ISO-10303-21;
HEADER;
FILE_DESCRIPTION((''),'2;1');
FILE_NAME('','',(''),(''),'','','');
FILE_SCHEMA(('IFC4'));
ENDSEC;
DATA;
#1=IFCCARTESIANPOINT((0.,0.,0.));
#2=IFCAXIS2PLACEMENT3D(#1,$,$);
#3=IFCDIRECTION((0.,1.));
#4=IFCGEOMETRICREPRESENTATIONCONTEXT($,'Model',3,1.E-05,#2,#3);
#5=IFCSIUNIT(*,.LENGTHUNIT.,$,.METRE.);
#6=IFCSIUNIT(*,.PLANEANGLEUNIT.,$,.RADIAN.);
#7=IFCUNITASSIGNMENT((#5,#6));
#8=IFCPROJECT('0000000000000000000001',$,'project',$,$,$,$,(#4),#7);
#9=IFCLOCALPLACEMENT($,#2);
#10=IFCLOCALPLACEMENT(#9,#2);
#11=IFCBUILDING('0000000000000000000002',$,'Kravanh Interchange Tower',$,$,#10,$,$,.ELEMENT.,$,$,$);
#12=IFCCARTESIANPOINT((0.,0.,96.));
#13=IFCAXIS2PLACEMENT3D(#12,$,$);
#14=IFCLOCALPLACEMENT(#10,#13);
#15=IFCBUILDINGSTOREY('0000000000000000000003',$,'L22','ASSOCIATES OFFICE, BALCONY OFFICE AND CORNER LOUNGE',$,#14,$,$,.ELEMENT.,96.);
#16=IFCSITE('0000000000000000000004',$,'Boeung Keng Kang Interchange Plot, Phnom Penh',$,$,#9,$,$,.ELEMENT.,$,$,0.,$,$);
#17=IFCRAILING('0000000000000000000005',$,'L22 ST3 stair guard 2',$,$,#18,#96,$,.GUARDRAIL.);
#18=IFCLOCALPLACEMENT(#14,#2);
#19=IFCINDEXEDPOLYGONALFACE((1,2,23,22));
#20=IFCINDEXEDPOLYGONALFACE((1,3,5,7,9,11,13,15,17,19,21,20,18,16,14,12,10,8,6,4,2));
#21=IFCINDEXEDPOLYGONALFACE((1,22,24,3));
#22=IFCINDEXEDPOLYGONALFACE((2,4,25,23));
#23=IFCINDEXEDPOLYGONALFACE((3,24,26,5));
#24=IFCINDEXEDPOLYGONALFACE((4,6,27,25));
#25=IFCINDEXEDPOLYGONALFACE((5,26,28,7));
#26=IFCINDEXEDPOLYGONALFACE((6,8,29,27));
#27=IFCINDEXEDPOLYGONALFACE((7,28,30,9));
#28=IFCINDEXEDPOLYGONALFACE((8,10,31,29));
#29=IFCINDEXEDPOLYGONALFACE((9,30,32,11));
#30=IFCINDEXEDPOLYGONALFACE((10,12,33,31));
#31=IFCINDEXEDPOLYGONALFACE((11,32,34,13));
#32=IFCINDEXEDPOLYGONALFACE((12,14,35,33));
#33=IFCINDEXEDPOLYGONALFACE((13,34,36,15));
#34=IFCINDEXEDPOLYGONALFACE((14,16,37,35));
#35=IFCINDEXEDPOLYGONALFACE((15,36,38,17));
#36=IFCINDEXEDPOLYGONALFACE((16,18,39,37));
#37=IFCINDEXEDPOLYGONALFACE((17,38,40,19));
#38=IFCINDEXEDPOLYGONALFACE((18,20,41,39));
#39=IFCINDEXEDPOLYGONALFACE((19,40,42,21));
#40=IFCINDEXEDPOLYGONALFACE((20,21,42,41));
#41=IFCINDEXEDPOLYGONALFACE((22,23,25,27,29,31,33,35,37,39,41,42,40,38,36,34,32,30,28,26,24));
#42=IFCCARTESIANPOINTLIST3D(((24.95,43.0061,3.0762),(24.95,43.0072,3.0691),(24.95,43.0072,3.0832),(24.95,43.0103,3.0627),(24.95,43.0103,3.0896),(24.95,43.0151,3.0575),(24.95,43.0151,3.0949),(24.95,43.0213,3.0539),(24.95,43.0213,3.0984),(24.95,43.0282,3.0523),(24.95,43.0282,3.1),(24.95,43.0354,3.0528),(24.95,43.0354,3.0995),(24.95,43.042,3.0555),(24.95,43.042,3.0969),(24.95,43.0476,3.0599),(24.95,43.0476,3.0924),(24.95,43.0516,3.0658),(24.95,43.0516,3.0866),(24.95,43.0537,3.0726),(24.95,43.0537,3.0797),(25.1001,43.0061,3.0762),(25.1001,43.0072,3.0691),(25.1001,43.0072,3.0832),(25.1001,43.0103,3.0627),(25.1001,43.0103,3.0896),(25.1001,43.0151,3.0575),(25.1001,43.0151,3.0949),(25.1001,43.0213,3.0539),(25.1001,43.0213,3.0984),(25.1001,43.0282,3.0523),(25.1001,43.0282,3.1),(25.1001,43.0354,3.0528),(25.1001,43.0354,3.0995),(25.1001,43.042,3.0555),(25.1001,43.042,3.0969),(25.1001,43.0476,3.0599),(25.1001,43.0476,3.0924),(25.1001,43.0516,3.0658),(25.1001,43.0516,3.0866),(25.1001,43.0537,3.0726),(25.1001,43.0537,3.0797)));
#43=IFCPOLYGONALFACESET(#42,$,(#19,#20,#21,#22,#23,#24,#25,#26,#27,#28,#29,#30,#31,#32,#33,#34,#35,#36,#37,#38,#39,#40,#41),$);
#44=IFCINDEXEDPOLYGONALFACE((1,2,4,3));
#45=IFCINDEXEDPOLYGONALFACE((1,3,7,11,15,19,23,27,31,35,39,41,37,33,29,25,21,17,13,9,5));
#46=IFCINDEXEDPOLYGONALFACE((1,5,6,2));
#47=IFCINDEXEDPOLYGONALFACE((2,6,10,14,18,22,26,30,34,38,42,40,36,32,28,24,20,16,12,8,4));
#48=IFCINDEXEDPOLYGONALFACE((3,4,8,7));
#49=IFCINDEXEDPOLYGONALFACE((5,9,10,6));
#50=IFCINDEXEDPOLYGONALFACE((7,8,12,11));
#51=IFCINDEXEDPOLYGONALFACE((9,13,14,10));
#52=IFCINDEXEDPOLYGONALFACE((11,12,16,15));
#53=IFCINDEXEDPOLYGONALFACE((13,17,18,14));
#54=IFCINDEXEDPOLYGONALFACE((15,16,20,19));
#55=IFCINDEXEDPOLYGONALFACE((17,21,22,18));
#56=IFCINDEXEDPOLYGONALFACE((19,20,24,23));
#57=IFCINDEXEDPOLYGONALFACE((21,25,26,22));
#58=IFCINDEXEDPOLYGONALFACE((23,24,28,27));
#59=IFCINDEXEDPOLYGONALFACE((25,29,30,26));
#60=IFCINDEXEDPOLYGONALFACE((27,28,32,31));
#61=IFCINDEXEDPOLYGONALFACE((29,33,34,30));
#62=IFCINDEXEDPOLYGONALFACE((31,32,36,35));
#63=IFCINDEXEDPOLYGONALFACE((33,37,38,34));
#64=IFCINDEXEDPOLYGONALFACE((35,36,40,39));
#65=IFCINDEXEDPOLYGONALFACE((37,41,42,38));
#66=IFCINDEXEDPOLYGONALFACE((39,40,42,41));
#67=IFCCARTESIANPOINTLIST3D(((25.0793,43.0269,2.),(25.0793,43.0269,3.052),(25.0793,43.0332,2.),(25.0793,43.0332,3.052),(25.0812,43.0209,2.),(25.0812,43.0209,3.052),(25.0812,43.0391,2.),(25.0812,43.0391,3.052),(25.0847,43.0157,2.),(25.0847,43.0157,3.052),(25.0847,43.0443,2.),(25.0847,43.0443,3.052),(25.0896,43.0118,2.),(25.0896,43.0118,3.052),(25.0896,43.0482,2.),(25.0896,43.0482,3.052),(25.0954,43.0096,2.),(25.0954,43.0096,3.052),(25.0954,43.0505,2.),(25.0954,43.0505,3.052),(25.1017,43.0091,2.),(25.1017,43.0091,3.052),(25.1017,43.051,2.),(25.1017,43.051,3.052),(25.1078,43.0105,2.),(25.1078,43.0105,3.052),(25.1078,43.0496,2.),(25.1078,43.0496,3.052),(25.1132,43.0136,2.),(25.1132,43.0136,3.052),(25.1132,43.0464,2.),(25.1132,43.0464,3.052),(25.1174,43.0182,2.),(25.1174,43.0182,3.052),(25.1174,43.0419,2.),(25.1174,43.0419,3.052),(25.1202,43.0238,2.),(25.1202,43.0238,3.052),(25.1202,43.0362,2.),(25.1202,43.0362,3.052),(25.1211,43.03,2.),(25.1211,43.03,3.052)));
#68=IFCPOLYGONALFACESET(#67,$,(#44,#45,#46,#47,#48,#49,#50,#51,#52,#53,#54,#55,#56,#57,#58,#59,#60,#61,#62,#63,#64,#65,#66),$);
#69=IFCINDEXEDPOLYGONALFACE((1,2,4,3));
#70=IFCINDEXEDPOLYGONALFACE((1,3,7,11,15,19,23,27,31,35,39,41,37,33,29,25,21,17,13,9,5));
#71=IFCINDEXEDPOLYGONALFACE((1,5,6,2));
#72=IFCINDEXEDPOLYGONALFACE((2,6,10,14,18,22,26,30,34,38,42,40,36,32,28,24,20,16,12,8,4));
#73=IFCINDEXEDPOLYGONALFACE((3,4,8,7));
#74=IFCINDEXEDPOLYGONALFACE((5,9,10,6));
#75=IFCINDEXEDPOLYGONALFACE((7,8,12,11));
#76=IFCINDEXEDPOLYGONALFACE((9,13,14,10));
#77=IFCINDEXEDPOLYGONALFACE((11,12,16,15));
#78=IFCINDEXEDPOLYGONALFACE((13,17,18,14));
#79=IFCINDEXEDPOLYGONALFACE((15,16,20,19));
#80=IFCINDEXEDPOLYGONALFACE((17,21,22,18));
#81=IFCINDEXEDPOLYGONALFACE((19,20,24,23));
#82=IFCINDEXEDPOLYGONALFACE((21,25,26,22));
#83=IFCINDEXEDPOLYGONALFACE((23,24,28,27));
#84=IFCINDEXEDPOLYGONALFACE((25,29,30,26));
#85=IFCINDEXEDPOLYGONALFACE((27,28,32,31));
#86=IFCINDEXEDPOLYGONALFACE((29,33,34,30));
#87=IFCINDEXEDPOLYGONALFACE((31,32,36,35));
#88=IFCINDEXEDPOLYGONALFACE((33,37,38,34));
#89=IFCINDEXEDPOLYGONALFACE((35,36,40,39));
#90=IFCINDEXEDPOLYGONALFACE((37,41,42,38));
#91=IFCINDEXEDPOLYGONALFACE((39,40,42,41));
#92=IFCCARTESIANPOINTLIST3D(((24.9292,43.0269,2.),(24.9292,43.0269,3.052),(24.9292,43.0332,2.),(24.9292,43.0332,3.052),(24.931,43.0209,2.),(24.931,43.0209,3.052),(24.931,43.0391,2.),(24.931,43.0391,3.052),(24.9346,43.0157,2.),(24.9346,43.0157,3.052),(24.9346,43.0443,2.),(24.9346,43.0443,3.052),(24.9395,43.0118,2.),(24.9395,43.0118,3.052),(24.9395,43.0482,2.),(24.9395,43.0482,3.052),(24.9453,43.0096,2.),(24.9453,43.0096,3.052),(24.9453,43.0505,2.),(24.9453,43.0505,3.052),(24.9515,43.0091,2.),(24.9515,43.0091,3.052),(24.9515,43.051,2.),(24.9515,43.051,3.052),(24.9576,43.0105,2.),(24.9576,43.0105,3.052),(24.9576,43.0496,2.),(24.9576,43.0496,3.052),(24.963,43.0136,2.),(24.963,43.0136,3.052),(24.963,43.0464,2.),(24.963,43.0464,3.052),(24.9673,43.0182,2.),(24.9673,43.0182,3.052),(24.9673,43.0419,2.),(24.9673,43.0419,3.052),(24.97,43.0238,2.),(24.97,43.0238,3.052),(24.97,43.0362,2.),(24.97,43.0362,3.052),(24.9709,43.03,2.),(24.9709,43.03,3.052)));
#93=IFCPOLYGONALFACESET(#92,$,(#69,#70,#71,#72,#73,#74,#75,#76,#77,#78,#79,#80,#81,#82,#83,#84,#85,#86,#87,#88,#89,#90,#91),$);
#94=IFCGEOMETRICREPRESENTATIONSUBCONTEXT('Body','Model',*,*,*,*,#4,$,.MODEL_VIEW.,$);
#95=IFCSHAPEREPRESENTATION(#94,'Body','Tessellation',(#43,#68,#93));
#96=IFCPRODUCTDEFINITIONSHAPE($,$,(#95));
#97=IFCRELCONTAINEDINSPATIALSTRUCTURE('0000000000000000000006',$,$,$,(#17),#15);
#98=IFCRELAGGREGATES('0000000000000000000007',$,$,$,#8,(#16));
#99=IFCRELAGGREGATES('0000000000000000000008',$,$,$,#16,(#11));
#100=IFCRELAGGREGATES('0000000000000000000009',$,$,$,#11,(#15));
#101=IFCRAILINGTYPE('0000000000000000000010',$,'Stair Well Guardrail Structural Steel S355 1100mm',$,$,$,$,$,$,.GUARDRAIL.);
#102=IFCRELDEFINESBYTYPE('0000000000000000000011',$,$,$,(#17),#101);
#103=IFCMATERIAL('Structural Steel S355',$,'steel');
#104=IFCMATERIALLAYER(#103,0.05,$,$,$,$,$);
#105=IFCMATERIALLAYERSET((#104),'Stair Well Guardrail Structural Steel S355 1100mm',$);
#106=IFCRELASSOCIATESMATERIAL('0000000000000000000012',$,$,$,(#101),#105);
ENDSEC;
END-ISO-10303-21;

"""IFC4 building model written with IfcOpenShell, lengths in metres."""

from ifc_helpers import new_model, si_unit, direction, frame, origin, origin_2d, place, context, subcontext, project, spatial, circle, extrude, material, layer, layer_set, type_object, element, save


model = new_model("IFC4")

# Units and contexts
model_context = context("Model", 3, precision=1e-05, world=origin(), true_north=direction((0.0, 1.0)))
body_context = subcontext(model_context, "Body", "Model", "MODEL_VIEW")
ifc_project = project(units=[si_unit("LENGTHUNIT", "METRE"), si_unit("PLANEANGLEUNIT", "RADIAN")], contexts=[model_context])

# Site, building, storey
site_placement = place(None, origin())
site = spatial("IfcSite", under=ifc_project, at=site_placement, Name="Boeung Keng Kang Interchange Plot, Phnom Penh", CompositionType="ELEMENT", RefElevation=0.0)
building_placement = place(site_placement, origin())
building = spatial("IfcBuilding", under=site, at=building_placement, Name="Kravanh Interchange Tower", CompositionType="ELEMENT")
storey_placement = place(building_placement, frame((0.0, 0.0, 96.0)))
storey = spatial("IfcBuildingStorey", under=building, at=storey_placement, Name="L22", Description="ASSOCIATES OFFICE, BALCONY OFFICE AND CORNER LOUNGE", CompositionType="ELEMENT", Elevation=96.0)

# Railing
ifc_material_1 = material(Name="Structural Steel S355", Category="steel")
ifc_layer_1 = layer(ifc_material_1, 0.05)
ifc_layer_set_1 = layer_set([ifc_layer_1], Name="Stair Well Guardrail Structural Steel S355 1100mm")
railing_type_1 = type_object("IfcRailingType", Name="Stair Well Guardrail Structural Steel S355 1100mm", PredefinedType="GUARDRAIL", material=ifc_layer_set_1)
railing_1_placement = place(storey_placement, frame((25.1001, 43.03, 2.0)))
element("IfcRailing", 1, at=railing_1_placement, inside=storey, type_object=railing_type_1, Name="L22 ST3 stair guard 2", PredefinedType="GUARDRAIL", context=body_context, shape_type="SweptSolid", body=[
    extrude(circle(Radius=0.0239, at=origin_2d()), frame((0.0, 0.0, 1.0762), z_axis=(-1.0, 0.0, 0.0), x_axis=(0.0, -1.0, 0.0)), (0.0, 0.0, 1.0), 0.1501),
    extrude(circle(Radius=0.021, at=origin_2d()), origin(), (0.0, 0.0, 1.0), 1.052),
    extrude(circle(Radius=0.021, at=origin_2d()), frame((-0.1501, 0.0, 0.0)), (0.0, 0.0, 1.0), 1.052),
])

save(model, "model.ifc")
